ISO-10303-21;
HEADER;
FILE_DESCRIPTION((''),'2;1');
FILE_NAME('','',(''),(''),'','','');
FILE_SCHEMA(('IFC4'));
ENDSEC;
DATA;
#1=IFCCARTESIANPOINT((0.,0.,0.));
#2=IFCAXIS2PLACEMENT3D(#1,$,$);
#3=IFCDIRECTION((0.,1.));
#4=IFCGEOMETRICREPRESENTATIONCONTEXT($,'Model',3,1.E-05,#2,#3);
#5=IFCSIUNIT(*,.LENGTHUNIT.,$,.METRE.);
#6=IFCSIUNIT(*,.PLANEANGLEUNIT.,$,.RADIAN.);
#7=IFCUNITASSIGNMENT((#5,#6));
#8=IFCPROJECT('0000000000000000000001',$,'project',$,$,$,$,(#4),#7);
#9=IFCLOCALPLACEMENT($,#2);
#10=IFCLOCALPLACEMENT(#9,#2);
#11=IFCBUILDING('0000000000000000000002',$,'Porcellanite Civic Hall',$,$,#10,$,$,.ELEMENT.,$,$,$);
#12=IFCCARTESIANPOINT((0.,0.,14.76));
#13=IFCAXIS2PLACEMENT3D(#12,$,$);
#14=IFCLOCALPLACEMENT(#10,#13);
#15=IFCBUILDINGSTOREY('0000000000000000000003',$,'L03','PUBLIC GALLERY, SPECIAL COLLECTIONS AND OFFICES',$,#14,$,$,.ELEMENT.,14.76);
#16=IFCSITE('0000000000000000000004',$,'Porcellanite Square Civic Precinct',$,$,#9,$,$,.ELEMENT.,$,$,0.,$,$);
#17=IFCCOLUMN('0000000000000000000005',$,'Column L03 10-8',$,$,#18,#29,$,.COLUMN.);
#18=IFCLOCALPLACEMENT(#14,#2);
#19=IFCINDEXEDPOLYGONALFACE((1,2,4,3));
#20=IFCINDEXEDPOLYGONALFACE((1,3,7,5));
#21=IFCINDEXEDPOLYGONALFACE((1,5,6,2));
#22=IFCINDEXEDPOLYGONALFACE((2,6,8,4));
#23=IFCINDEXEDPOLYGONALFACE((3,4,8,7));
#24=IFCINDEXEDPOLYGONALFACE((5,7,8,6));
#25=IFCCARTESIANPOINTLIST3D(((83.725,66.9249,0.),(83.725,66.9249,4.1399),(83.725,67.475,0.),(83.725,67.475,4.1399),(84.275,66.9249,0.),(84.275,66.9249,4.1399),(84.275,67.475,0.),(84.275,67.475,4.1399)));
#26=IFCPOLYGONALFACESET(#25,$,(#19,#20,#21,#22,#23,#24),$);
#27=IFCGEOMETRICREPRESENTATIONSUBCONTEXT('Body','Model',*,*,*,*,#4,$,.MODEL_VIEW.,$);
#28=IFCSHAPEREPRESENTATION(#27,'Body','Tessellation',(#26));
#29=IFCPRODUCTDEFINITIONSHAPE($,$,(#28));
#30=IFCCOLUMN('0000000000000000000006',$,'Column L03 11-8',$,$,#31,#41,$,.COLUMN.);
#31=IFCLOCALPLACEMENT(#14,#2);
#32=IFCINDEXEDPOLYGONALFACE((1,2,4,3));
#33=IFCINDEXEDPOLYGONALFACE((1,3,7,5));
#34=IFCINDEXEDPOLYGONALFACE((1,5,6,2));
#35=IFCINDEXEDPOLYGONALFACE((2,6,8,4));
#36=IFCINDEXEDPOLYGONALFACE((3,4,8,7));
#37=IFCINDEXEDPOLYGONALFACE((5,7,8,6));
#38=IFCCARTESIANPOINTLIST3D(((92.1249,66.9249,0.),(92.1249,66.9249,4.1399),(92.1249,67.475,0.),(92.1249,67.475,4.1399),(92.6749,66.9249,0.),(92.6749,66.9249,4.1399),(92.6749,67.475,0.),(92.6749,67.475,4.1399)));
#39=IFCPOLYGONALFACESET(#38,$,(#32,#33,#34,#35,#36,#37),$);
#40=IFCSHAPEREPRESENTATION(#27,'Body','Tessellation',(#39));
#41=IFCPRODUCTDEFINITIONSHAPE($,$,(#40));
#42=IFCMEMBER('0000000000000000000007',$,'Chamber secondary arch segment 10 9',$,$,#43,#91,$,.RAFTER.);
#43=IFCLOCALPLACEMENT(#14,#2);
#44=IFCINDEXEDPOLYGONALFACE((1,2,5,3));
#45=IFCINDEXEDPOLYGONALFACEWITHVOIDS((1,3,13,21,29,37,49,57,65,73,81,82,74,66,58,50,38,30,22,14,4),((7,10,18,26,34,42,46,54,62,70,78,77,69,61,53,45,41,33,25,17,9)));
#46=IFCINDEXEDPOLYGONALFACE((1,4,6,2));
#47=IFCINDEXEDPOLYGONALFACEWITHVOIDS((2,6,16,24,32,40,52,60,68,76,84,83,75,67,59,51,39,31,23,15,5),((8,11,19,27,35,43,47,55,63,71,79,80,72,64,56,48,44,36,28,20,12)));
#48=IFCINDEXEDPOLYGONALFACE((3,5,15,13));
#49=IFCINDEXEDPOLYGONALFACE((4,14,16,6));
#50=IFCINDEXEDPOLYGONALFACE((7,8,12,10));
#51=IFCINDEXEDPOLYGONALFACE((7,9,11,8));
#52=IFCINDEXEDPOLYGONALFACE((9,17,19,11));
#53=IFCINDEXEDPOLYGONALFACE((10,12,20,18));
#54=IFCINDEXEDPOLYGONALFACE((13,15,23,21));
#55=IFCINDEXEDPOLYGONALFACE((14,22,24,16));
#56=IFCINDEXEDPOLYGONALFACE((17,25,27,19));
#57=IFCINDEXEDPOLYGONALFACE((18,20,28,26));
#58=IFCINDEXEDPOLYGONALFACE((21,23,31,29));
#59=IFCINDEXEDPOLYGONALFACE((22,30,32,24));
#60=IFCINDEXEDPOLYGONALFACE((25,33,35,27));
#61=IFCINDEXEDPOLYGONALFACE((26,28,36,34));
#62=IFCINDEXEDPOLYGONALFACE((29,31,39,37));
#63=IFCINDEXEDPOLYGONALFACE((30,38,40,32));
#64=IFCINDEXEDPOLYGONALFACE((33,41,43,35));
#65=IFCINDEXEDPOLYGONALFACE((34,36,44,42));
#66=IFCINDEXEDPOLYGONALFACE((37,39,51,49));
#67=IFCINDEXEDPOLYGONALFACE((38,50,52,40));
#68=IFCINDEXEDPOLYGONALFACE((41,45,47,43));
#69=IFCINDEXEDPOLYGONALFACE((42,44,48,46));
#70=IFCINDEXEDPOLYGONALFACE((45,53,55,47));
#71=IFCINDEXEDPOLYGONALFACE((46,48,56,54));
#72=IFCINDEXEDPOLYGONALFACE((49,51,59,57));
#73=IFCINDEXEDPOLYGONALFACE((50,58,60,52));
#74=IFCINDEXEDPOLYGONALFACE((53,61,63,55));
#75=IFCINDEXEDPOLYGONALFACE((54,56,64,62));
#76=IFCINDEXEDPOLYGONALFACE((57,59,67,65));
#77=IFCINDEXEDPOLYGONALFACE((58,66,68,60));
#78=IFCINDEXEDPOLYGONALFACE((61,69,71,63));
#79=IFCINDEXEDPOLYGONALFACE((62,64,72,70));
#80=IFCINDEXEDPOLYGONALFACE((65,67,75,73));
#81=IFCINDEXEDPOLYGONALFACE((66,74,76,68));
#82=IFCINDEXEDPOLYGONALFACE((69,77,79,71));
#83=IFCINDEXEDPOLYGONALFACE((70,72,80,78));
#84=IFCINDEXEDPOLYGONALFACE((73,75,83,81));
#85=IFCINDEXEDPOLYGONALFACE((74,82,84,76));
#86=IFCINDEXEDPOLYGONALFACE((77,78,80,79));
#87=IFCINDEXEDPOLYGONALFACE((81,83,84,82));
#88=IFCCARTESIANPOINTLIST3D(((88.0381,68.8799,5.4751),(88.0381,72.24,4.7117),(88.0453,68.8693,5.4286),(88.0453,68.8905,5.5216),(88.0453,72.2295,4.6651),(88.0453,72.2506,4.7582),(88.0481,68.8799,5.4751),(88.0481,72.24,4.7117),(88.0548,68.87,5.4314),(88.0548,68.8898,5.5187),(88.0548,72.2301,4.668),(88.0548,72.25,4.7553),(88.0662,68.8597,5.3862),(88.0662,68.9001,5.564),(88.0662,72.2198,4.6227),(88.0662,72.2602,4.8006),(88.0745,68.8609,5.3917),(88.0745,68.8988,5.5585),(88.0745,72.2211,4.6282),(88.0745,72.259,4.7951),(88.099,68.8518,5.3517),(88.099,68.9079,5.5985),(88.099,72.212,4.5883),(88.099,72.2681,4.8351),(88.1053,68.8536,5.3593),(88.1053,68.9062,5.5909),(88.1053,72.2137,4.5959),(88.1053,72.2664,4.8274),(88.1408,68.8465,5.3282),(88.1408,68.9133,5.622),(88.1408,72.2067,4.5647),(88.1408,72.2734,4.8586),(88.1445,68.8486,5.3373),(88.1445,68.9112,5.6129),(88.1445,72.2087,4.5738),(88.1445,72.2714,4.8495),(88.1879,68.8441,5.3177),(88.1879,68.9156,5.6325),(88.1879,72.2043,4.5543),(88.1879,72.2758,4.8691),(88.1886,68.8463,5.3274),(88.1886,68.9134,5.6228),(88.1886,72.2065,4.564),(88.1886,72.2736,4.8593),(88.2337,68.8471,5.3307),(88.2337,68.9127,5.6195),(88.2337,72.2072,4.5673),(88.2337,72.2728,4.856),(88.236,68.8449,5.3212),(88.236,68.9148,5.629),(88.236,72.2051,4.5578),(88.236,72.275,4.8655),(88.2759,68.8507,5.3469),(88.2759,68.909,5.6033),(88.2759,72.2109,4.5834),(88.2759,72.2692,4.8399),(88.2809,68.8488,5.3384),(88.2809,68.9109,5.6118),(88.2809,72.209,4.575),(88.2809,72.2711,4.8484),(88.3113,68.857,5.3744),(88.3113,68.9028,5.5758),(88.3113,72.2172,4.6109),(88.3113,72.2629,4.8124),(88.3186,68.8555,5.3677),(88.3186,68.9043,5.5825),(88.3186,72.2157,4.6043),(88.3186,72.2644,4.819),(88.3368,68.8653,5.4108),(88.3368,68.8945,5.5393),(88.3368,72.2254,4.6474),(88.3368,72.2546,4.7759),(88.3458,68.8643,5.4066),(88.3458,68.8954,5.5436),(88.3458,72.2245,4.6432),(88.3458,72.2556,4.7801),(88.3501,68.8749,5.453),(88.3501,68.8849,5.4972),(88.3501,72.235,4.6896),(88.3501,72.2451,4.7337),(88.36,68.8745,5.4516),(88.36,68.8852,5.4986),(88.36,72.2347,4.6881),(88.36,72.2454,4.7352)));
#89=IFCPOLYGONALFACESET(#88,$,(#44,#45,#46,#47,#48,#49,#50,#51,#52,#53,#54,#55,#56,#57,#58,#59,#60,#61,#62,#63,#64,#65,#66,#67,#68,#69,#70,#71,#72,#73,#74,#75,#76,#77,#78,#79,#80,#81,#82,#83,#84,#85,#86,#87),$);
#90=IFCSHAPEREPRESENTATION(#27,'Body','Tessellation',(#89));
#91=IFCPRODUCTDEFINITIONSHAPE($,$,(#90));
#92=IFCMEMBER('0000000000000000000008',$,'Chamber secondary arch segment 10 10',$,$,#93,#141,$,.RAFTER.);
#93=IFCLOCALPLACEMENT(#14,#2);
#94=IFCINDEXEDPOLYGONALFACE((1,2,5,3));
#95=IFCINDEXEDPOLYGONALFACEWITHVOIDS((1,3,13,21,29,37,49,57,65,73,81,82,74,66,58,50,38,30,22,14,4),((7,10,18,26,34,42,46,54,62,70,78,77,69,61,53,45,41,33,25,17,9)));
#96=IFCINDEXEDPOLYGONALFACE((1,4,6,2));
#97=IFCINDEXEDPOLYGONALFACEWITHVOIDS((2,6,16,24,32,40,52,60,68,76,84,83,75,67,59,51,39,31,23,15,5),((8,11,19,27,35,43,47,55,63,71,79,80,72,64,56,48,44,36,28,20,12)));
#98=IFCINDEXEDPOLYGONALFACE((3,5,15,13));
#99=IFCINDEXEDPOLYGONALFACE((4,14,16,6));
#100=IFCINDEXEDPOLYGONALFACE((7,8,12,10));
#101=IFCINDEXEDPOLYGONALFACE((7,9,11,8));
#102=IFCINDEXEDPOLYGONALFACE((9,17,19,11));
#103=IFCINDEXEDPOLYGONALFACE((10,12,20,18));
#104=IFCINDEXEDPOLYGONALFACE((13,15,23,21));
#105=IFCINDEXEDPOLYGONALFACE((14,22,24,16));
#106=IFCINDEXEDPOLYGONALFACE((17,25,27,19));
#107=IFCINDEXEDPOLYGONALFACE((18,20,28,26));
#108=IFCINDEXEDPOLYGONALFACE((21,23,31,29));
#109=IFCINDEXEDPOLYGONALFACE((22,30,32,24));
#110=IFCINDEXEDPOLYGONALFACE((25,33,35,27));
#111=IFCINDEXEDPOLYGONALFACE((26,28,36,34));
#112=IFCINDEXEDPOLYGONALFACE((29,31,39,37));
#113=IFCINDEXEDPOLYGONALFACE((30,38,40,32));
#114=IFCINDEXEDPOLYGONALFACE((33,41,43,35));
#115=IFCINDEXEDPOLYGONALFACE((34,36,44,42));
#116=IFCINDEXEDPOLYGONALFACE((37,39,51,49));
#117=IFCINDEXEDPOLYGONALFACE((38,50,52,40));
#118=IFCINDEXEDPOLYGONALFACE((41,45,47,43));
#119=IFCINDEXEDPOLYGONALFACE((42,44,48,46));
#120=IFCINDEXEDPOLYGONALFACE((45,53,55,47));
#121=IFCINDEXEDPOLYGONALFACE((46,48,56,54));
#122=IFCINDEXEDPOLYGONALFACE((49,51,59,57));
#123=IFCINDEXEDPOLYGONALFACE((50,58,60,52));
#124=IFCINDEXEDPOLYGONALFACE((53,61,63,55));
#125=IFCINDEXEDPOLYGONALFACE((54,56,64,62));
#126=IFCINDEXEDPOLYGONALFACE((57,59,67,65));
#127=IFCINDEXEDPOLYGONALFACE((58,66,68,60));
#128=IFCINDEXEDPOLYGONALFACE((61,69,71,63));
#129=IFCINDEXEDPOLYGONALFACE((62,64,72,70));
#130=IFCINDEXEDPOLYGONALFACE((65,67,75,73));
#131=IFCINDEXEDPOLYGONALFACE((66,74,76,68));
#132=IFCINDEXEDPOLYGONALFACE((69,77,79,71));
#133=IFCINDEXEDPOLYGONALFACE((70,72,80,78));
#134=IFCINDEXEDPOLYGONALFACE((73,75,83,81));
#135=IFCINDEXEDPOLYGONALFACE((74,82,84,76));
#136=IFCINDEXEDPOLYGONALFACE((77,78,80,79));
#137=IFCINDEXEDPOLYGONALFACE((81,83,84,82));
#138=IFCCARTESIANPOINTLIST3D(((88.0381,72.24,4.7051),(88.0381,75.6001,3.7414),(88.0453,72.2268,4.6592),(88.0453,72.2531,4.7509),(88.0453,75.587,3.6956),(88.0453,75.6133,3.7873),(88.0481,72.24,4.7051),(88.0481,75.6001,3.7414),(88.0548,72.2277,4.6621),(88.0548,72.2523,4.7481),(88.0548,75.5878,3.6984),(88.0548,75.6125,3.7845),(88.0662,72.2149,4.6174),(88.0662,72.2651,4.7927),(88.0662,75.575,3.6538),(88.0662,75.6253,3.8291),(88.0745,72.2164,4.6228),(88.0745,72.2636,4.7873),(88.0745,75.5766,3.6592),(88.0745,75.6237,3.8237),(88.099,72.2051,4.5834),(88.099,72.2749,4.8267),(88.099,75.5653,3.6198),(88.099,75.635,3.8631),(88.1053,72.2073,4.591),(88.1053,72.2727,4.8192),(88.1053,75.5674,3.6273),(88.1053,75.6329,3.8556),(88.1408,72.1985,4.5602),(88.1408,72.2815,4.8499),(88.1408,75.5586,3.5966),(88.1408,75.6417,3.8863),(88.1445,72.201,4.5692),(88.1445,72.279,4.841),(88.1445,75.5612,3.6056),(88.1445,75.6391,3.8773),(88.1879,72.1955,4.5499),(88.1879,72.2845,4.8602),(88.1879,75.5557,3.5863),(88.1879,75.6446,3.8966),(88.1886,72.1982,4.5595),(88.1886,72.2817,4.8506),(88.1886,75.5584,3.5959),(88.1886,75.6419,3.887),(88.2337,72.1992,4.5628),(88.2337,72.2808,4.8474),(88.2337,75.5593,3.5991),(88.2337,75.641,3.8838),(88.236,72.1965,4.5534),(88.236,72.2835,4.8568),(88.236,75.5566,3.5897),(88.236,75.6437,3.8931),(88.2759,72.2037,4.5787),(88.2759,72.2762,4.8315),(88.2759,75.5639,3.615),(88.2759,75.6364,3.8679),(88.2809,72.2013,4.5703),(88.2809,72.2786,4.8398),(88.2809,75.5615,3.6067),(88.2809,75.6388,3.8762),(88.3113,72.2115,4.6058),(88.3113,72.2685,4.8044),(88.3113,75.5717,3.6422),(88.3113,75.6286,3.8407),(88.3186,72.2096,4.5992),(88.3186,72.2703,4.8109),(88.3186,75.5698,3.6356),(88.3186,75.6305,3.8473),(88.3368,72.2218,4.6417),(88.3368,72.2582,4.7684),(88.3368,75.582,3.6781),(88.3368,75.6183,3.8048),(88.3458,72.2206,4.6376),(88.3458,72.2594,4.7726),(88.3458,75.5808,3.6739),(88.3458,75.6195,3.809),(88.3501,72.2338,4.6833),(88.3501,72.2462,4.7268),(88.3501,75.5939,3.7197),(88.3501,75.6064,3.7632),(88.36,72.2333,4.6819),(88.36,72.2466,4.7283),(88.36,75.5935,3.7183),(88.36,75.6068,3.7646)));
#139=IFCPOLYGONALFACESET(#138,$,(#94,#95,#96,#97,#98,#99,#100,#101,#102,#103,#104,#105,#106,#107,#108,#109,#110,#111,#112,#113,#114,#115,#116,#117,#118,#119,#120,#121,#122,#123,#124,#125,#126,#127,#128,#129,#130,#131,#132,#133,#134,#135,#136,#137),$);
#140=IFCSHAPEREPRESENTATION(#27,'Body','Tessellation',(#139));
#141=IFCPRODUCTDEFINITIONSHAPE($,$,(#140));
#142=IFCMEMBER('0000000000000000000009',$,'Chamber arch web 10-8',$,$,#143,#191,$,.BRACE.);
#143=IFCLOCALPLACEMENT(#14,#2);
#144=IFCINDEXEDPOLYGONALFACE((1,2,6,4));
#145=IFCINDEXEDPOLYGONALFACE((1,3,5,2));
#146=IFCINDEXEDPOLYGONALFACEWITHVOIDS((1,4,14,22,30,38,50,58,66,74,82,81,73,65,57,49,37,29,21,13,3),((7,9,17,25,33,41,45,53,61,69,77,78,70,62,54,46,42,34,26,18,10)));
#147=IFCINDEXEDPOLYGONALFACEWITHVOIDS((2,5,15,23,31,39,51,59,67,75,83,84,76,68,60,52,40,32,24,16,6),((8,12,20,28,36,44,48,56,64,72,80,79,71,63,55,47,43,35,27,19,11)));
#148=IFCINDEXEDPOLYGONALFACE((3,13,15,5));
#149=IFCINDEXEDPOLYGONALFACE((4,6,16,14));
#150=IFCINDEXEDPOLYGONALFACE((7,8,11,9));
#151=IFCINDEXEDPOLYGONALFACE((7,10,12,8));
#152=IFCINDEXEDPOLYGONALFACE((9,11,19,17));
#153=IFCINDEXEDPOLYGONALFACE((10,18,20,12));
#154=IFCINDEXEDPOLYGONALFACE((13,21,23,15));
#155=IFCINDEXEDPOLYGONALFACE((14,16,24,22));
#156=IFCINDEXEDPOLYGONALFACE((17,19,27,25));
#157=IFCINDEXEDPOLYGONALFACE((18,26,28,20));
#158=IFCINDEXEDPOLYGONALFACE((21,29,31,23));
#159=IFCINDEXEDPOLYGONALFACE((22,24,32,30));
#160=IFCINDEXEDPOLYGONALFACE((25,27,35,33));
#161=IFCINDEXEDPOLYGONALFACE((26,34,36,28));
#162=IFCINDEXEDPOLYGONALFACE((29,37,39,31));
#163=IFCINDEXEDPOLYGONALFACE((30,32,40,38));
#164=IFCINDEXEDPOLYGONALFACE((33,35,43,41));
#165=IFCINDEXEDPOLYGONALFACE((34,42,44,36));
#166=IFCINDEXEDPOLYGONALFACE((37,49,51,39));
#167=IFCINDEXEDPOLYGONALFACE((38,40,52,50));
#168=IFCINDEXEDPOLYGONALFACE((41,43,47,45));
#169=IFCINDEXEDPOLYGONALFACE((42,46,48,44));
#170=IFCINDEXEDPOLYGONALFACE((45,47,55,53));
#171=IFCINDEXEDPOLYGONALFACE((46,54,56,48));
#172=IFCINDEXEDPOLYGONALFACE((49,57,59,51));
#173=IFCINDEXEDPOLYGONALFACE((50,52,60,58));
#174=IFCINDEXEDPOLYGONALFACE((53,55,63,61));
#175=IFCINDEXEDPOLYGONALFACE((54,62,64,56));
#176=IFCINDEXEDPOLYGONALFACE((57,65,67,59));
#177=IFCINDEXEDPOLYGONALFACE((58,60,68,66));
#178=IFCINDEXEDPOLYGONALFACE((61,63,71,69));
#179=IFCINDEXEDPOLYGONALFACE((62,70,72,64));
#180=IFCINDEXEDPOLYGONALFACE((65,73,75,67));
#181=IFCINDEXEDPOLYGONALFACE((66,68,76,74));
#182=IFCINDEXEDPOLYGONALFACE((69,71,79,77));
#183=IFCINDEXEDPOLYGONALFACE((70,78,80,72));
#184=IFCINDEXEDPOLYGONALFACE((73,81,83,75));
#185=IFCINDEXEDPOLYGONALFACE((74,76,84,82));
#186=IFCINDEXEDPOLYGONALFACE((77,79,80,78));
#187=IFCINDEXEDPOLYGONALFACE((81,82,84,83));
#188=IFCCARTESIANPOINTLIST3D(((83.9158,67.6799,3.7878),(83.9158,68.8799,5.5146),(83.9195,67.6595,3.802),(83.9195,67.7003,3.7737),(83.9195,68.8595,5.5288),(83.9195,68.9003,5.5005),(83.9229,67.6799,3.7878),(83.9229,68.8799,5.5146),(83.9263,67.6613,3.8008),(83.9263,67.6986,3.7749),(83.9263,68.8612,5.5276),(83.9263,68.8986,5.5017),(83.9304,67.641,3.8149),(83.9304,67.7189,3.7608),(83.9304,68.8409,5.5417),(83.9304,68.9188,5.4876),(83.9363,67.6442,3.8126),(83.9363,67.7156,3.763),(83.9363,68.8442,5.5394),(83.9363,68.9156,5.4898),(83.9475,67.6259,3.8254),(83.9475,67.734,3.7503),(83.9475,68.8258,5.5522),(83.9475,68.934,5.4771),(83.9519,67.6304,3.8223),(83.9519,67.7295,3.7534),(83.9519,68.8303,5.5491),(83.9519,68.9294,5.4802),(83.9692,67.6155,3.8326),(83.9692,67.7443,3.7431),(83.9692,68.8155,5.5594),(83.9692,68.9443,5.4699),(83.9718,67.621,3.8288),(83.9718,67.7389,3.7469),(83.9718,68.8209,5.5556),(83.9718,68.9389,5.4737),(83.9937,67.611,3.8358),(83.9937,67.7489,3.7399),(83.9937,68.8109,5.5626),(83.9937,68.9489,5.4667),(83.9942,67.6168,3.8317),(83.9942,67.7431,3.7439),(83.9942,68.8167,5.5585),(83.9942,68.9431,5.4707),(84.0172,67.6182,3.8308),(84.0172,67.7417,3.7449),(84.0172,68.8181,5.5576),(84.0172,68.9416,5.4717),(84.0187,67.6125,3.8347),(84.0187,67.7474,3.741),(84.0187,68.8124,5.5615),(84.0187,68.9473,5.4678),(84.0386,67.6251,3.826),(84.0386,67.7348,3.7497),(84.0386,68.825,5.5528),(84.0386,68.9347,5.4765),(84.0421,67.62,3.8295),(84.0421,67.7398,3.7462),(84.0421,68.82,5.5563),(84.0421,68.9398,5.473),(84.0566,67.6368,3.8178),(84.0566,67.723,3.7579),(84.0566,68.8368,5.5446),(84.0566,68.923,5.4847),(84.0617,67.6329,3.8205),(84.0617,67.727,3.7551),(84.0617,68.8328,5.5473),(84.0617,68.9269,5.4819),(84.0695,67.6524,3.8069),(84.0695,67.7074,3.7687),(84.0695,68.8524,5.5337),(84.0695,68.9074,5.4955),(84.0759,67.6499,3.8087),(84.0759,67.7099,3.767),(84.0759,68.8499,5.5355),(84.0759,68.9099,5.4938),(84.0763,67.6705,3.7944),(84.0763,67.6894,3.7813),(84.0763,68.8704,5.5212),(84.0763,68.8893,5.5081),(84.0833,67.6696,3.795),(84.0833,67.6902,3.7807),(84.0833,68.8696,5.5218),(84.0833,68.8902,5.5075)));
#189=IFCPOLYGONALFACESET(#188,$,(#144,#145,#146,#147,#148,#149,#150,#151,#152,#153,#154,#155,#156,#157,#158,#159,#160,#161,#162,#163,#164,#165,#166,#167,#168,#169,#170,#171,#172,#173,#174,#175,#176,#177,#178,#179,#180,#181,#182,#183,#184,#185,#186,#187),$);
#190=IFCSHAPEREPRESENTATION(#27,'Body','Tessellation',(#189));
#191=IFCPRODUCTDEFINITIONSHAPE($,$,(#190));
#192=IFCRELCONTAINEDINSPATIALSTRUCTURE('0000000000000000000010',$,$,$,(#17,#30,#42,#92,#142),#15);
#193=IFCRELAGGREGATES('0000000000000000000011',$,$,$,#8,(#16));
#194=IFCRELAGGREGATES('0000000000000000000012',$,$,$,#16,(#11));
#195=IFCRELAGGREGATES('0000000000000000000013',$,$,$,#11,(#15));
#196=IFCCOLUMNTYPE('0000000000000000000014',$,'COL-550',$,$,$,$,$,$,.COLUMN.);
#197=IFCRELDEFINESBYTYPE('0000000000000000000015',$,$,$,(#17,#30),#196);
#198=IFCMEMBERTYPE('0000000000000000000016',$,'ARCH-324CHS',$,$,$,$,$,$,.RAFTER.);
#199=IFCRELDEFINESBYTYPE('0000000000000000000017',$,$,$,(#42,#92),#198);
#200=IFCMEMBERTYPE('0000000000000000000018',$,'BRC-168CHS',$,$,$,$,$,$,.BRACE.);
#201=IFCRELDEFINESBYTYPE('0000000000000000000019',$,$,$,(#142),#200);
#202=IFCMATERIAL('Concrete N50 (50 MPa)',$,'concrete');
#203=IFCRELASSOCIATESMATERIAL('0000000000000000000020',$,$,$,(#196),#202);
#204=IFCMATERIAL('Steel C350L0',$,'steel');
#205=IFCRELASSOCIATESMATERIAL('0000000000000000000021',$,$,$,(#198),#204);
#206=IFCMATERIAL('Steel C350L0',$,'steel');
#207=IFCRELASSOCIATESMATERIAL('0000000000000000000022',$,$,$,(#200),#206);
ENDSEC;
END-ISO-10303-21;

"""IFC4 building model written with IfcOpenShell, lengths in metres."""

from ifc_helpers import new_model, si_unit, direction, frame, origin, origin_2d, place, context, subcontext, project, spatial, rectangle, hollow_circle, extrude, material, material_profile, profile_set, type_object, element, save


model = new_model("IFC4")

# Units and contexts
model_context = context("Model", 3, precision=1e-05, world=origin(), true_north=direction((0.0, 1.0)))
body_context = subcontext(model_context, "Body", "Model", "MODEL_VIEW")
ifc_project = project(units=[si_unit("LENGTHUNIT", "METRE"), si_unit("PLANEANGLEUNIT", "RADIAN")], contexts=[model_context])

# Site, building, storey
site_placement = place(None, origin())
site = spatial("IfcSite", under=ifc_project, at=site_placement, Name="Porcellanite Square Civic Precinct", CompositionType="ELEMENT", RefElevation=0.0)
building_placement = place(site_placement, origin())
building = spatial("IfcBuilding", under=site, at=building_placement, Name="Porcellanite Civic Hall", CompositionType="ELEMENT")
storey_placement = place(building_placement, frame((0.0, 0.0, 14.76)))
storey = spatial("IfcBuildingStorey", under=building, at=storey_placement, Name="L03", Description="PUBLIC GALLERY, SPECIAL COLLECTIONS AND OFFICES", CompositionType="ELEMENT", Elevation=14.76)

# Columns
ifc_material_1 = material(Name="Concrete N50 (50 MPa)", Category="concrete")
ifc_material_profile_1 = material_profile(ifc_material_1, rectangle(XDim=0.55, YDim=0.55, at=origin_2d()), Name="RC-550x550")
ifc_profile_set_1 = profile_set([ifc_material_profile_1], Name="Concrete N50 (50 MPa)")
column_type = type_object("IfcColumnType", Name="COL-550", PredefinedType="COLUMN", material=ifc_profile_set_1)
for number, where, z_axis, x_axis, name in (
    (1, (84.0, 67.2, 0.0), (0.0, 0.0, 1.0), (1.0, 0.0, 0.0), "Column L03 10-8"),
    (2, (92.3999, 67.2, 0.0), (0.0, 0.0, 1.0), (1.0, 0.0, 0.0), "Column L03 11-8"),
):
    element("IfcColumn", number, at=place(storey_placement, frame(where, z_axis=z_axis, x_axis=x_axis)), inside=storey, type_object=column_type, Name=name, PredefinedType="COLUMN", context=body_context, shape_type="SweptSolid", body=[
        extrude(rectangle(XDim=0.55, YDim=0.55, at=origin_2d()), origin(), (0.0, 0.0, 1.0), 4.1399),
    ])

# Members
ifc_material_2 = material(Name="Steel C350L0", Category="steel")
ifc_material_profile_2 = material_profile(ifc_material_2, hollow_circle(Radius=0.1619, WallThickness=0.01, at=origin_2d()), Name="323.9x10.0CHS")
ifc_profile_set_2 = profile_set([ifc_material_profile_2], Name="Steel C350L0")
member_type_1 = type_object("IfcMemberType", Name="ARCH-324CHS", PredefinedType="RAFTER", material=ifc_profile_set_2)
member_1_placement = place(storey_placement, frame((88.2, 68.8799, 5.4751), z_axis=(0.0, 0.975147, -0.221557), x_axis=(-1.0, 0.0, 0.0)))
element("IfcMember", 3, at=member_1_placement, inside=storey, type_object=member_type_1, Name="Chamber secondary arch segment 10 9", PredefinedType="RAFTER", context=body_context, shape_type="SweptSolid", body=[
    extrude(hollow_circle(Radius=0.1619, WallThickness=0.01, at=origin_2d()), origin(), (0.0, 0.0, 1.0), 3.4458),
])
member_2_placement = place(storey_placement, frame((88.2, 72.24, 4.7051), z_axis=(0.0, 0.961252, -0.275671), x_axis=(-1.0, 0.0, 0.0)))
element("IfcMember", 4, at=member_2_placement, inside=storey, type_object=member_type_1, Name="Chamber secondary arch segment 10 10", PredefinedType="RAFTER", context=body_context, shape_type="SweptSolid", body=[
    extrude(hollow_circle(Radius=0.1619, WallThickness=0.01, at=origin_2d()), origin(), (0.0, 0.0, 1.0), 3.4956),
])
ifc_material_3 = material(Name="Steel C350L0", Category="steel")
ifc_material_profile_3 = material_profile(ifc_material_3, hollow_circle(Radius=0.0842, WallThickness=0.0071, at=origin_2d()), Name="168.3x7.1CHS")
ifc_profile_set_3 = profile_set([ifc_material_profile_3], Name="Steel C350L0")
member_type_2 = type_object("IfcMemberType", Name="BRC-168CHS", PredefinedType="BRACE", material=ifc_profile_set_3)
for number, where, z_axis, x_axis, name in (
    (5, (84.0, 67.6799, 3.7878), (0.0, 0.570646, 0.821196), (-1.0, 0.0, 0.0), "Chamber arch web 10-8"),
):
    element("IfcMember", number, at=place(storey_placement, frame(where, z_axis=z_axis, x_axis=x_axis)), inside=storey, type_object=member_type_2, Name=name, PredefinedType="BRACE", context=body_context, shape_type="SweptSolid", body=[
        extrude(hollow_circle(Radius=0.0842, WallThickness=0.0071, at=origin_2d()), origin(), (0.0, 0.0, 1.0), 2.1028),
    ])

save(model, "model.ifc")
